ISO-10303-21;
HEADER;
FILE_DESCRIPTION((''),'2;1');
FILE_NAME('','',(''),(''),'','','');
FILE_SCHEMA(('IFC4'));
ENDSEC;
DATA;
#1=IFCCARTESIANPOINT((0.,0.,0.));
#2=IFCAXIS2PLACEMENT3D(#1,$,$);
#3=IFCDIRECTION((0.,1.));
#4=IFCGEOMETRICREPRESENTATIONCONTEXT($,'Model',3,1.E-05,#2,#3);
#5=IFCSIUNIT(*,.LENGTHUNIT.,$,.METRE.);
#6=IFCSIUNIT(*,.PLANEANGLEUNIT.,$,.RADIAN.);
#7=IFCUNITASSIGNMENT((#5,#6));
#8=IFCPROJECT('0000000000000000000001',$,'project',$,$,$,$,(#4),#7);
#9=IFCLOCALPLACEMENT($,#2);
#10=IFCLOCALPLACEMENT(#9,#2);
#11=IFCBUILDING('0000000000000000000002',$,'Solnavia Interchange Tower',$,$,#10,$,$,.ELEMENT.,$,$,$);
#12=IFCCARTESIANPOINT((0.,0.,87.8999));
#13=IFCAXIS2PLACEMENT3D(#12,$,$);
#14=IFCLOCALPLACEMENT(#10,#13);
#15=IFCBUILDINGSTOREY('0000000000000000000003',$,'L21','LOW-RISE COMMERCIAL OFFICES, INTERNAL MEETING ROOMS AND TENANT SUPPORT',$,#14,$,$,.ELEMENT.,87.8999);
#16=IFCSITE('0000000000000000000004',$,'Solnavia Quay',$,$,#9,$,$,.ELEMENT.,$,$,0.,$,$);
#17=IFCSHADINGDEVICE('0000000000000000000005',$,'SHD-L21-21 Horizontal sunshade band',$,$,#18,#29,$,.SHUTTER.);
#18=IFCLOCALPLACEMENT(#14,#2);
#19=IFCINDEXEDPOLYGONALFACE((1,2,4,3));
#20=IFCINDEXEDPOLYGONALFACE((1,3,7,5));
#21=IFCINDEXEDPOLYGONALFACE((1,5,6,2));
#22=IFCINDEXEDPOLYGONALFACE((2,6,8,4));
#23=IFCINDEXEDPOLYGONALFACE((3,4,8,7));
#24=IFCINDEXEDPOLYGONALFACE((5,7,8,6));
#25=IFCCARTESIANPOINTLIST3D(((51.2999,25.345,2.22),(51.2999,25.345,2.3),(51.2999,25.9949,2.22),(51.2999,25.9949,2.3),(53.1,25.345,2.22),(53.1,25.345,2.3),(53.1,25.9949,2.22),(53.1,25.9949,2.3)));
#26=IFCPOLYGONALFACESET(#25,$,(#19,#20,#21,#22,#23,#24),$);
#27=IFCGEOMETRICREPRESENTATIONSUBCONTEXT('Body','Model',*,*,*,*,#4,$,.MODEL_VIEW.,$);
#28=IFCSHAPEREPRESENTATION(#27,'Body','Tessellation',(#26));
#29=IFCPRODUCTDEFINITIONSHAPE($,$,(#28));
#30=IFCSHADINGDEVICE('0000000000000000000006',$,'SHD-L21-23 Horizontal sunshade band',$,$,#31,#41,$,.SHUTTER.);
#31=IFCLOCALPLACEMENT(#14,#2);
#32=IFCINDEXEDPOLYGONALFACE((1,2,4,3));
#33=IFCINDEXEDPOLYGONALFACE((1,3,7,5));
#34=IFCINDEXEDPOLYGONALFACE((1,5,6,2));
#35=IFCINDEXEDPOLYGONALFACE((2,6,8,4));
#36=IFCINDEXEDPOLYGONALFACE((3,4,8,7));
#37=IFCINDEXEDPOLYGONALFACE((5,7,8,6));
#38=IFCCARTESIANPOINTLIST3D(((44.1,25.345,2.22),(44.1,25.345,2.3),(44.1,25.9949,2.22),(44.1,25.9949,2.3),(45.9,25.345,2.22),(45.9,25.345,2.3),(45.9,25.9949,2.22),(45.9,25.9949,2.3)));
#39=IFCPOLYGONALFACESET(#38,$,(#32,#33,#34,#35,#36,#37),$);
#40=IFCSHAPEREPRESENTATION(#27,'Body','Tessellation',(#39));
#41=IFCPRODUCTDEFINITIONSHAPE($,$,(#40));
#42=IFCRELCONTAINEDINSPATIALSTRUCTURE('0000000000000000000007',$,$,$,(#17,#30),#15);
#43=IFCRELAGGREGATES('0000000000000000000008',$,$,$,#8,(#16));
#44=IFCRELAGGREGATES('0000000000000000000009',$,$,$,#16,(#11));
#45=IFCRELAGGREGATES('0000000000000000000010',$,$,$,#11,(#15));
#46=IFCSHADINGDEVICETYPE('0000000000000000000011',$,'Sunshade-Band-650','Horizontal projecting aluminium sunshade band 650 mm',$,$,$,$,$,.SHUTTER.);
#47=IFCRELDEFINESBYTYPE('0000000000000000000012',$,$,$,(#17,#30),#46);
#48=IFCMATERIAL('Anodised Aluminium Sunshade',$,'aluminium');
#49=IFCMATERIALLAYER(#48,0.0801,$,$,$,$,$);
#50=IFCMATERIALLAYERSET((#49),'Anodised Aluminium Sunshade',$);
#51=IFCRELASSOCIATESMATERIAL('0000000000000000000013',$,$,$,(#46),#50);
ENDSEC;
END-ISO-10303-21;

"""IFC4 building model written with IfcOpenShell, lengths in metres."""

from ifc_helpers import new_model, si_unit, direction, frame, origin, origin_2d, place, context, subcontext, project, spatial, rectangle, extrude, material, layer, layer_set, type_object, element, save


model = new_model("IFC4")

# Units and contexts
model_context = context("Model", 3, precision=1e-05, world=origin(), true_north=direction((0.0, 1.0)))
body_context = subcontext(model_context, "Body", "Model", "MODEL_VIEW")
ifc_project = project(units=[si_unit("LENGTHUNIT", "METRE"), si_unit("PLANEANGLEUNIT", "RADIAN")], contexts=[model_context])

# Site, building, storey
site_placement = place(None, origin())
site = spatial("IfcSite", under=ifc_project, at=site_placement, Name="Solnavia Quay", CompositionType="ELEMENT", RefElevation=0.0)
building_placement = place(site_placement, origin())
building = spatial("IfcBuilding", under=site, at=building_placement, Name="Solnavia Interchange Tower", CompositionType="ELEMENT")
storey_placement = place(building_placement, frame((0.0, 0.0, 87.8999)))
storey = spatial("IfcBuildingStorey", under=building, at=storey_placement, Name="L21", Description="LOW-RISE COMMERCIAL OFFICES, INTERNAL MEETING ROOMS AND TENANT SUPPORT", CompositionType="ELEMENT", Elevation=87.8999)

# Shading devices
ifc_material_1 = material(Name="Anodised Aluminium Sunshade", Category="aluminium")
ifc_layer_1 = layer(ifc_material_1, 0.0801)
ifc_layer_set_1 = layer_set([ifc_layer_1], Name="Anodised Aluminium Sunshade")
shading_device_type = type_object("IfcShadingDeviceType", Name="Sunshade-Band-650", Description="Horizontal projecting aluminium sunshade band 650 mm", PredefinedType="SHUTTER", material=ifc_layer_set_1)
for number, where, z_axis, x_axis, name in (
    (1, (52.2, 25.6699, 2.22), (0.0, 0.0, 1.0), (1.0, 0.0, 0.0), "SHD-L21-21 Horizontal sunshade band"),
    (2, (45.0, 25.6699, 2.22), (0.0, 0.0, 1.0), (1.0, 0.0, 0.0), "SHD-L21-23 Horizontal sunshade band"),
):
    element("IfcShadingDevice", number, at=place(storey_placement, frame(where, z_axis=z_axis, x_axis=x_axis)), inside=storey, type_object=shading_device_type, Name=name, PredefinedType="SHUTTER", context=body_context, shape_type="SweptSolid", body=[
        extrude(rectangle(XDim=1.8, YDim=0.6499, at=origin_2d()), origin(), (0.0, 0.0, 1.0), 0.0801),
    ])

save(model, "model.ifc")
